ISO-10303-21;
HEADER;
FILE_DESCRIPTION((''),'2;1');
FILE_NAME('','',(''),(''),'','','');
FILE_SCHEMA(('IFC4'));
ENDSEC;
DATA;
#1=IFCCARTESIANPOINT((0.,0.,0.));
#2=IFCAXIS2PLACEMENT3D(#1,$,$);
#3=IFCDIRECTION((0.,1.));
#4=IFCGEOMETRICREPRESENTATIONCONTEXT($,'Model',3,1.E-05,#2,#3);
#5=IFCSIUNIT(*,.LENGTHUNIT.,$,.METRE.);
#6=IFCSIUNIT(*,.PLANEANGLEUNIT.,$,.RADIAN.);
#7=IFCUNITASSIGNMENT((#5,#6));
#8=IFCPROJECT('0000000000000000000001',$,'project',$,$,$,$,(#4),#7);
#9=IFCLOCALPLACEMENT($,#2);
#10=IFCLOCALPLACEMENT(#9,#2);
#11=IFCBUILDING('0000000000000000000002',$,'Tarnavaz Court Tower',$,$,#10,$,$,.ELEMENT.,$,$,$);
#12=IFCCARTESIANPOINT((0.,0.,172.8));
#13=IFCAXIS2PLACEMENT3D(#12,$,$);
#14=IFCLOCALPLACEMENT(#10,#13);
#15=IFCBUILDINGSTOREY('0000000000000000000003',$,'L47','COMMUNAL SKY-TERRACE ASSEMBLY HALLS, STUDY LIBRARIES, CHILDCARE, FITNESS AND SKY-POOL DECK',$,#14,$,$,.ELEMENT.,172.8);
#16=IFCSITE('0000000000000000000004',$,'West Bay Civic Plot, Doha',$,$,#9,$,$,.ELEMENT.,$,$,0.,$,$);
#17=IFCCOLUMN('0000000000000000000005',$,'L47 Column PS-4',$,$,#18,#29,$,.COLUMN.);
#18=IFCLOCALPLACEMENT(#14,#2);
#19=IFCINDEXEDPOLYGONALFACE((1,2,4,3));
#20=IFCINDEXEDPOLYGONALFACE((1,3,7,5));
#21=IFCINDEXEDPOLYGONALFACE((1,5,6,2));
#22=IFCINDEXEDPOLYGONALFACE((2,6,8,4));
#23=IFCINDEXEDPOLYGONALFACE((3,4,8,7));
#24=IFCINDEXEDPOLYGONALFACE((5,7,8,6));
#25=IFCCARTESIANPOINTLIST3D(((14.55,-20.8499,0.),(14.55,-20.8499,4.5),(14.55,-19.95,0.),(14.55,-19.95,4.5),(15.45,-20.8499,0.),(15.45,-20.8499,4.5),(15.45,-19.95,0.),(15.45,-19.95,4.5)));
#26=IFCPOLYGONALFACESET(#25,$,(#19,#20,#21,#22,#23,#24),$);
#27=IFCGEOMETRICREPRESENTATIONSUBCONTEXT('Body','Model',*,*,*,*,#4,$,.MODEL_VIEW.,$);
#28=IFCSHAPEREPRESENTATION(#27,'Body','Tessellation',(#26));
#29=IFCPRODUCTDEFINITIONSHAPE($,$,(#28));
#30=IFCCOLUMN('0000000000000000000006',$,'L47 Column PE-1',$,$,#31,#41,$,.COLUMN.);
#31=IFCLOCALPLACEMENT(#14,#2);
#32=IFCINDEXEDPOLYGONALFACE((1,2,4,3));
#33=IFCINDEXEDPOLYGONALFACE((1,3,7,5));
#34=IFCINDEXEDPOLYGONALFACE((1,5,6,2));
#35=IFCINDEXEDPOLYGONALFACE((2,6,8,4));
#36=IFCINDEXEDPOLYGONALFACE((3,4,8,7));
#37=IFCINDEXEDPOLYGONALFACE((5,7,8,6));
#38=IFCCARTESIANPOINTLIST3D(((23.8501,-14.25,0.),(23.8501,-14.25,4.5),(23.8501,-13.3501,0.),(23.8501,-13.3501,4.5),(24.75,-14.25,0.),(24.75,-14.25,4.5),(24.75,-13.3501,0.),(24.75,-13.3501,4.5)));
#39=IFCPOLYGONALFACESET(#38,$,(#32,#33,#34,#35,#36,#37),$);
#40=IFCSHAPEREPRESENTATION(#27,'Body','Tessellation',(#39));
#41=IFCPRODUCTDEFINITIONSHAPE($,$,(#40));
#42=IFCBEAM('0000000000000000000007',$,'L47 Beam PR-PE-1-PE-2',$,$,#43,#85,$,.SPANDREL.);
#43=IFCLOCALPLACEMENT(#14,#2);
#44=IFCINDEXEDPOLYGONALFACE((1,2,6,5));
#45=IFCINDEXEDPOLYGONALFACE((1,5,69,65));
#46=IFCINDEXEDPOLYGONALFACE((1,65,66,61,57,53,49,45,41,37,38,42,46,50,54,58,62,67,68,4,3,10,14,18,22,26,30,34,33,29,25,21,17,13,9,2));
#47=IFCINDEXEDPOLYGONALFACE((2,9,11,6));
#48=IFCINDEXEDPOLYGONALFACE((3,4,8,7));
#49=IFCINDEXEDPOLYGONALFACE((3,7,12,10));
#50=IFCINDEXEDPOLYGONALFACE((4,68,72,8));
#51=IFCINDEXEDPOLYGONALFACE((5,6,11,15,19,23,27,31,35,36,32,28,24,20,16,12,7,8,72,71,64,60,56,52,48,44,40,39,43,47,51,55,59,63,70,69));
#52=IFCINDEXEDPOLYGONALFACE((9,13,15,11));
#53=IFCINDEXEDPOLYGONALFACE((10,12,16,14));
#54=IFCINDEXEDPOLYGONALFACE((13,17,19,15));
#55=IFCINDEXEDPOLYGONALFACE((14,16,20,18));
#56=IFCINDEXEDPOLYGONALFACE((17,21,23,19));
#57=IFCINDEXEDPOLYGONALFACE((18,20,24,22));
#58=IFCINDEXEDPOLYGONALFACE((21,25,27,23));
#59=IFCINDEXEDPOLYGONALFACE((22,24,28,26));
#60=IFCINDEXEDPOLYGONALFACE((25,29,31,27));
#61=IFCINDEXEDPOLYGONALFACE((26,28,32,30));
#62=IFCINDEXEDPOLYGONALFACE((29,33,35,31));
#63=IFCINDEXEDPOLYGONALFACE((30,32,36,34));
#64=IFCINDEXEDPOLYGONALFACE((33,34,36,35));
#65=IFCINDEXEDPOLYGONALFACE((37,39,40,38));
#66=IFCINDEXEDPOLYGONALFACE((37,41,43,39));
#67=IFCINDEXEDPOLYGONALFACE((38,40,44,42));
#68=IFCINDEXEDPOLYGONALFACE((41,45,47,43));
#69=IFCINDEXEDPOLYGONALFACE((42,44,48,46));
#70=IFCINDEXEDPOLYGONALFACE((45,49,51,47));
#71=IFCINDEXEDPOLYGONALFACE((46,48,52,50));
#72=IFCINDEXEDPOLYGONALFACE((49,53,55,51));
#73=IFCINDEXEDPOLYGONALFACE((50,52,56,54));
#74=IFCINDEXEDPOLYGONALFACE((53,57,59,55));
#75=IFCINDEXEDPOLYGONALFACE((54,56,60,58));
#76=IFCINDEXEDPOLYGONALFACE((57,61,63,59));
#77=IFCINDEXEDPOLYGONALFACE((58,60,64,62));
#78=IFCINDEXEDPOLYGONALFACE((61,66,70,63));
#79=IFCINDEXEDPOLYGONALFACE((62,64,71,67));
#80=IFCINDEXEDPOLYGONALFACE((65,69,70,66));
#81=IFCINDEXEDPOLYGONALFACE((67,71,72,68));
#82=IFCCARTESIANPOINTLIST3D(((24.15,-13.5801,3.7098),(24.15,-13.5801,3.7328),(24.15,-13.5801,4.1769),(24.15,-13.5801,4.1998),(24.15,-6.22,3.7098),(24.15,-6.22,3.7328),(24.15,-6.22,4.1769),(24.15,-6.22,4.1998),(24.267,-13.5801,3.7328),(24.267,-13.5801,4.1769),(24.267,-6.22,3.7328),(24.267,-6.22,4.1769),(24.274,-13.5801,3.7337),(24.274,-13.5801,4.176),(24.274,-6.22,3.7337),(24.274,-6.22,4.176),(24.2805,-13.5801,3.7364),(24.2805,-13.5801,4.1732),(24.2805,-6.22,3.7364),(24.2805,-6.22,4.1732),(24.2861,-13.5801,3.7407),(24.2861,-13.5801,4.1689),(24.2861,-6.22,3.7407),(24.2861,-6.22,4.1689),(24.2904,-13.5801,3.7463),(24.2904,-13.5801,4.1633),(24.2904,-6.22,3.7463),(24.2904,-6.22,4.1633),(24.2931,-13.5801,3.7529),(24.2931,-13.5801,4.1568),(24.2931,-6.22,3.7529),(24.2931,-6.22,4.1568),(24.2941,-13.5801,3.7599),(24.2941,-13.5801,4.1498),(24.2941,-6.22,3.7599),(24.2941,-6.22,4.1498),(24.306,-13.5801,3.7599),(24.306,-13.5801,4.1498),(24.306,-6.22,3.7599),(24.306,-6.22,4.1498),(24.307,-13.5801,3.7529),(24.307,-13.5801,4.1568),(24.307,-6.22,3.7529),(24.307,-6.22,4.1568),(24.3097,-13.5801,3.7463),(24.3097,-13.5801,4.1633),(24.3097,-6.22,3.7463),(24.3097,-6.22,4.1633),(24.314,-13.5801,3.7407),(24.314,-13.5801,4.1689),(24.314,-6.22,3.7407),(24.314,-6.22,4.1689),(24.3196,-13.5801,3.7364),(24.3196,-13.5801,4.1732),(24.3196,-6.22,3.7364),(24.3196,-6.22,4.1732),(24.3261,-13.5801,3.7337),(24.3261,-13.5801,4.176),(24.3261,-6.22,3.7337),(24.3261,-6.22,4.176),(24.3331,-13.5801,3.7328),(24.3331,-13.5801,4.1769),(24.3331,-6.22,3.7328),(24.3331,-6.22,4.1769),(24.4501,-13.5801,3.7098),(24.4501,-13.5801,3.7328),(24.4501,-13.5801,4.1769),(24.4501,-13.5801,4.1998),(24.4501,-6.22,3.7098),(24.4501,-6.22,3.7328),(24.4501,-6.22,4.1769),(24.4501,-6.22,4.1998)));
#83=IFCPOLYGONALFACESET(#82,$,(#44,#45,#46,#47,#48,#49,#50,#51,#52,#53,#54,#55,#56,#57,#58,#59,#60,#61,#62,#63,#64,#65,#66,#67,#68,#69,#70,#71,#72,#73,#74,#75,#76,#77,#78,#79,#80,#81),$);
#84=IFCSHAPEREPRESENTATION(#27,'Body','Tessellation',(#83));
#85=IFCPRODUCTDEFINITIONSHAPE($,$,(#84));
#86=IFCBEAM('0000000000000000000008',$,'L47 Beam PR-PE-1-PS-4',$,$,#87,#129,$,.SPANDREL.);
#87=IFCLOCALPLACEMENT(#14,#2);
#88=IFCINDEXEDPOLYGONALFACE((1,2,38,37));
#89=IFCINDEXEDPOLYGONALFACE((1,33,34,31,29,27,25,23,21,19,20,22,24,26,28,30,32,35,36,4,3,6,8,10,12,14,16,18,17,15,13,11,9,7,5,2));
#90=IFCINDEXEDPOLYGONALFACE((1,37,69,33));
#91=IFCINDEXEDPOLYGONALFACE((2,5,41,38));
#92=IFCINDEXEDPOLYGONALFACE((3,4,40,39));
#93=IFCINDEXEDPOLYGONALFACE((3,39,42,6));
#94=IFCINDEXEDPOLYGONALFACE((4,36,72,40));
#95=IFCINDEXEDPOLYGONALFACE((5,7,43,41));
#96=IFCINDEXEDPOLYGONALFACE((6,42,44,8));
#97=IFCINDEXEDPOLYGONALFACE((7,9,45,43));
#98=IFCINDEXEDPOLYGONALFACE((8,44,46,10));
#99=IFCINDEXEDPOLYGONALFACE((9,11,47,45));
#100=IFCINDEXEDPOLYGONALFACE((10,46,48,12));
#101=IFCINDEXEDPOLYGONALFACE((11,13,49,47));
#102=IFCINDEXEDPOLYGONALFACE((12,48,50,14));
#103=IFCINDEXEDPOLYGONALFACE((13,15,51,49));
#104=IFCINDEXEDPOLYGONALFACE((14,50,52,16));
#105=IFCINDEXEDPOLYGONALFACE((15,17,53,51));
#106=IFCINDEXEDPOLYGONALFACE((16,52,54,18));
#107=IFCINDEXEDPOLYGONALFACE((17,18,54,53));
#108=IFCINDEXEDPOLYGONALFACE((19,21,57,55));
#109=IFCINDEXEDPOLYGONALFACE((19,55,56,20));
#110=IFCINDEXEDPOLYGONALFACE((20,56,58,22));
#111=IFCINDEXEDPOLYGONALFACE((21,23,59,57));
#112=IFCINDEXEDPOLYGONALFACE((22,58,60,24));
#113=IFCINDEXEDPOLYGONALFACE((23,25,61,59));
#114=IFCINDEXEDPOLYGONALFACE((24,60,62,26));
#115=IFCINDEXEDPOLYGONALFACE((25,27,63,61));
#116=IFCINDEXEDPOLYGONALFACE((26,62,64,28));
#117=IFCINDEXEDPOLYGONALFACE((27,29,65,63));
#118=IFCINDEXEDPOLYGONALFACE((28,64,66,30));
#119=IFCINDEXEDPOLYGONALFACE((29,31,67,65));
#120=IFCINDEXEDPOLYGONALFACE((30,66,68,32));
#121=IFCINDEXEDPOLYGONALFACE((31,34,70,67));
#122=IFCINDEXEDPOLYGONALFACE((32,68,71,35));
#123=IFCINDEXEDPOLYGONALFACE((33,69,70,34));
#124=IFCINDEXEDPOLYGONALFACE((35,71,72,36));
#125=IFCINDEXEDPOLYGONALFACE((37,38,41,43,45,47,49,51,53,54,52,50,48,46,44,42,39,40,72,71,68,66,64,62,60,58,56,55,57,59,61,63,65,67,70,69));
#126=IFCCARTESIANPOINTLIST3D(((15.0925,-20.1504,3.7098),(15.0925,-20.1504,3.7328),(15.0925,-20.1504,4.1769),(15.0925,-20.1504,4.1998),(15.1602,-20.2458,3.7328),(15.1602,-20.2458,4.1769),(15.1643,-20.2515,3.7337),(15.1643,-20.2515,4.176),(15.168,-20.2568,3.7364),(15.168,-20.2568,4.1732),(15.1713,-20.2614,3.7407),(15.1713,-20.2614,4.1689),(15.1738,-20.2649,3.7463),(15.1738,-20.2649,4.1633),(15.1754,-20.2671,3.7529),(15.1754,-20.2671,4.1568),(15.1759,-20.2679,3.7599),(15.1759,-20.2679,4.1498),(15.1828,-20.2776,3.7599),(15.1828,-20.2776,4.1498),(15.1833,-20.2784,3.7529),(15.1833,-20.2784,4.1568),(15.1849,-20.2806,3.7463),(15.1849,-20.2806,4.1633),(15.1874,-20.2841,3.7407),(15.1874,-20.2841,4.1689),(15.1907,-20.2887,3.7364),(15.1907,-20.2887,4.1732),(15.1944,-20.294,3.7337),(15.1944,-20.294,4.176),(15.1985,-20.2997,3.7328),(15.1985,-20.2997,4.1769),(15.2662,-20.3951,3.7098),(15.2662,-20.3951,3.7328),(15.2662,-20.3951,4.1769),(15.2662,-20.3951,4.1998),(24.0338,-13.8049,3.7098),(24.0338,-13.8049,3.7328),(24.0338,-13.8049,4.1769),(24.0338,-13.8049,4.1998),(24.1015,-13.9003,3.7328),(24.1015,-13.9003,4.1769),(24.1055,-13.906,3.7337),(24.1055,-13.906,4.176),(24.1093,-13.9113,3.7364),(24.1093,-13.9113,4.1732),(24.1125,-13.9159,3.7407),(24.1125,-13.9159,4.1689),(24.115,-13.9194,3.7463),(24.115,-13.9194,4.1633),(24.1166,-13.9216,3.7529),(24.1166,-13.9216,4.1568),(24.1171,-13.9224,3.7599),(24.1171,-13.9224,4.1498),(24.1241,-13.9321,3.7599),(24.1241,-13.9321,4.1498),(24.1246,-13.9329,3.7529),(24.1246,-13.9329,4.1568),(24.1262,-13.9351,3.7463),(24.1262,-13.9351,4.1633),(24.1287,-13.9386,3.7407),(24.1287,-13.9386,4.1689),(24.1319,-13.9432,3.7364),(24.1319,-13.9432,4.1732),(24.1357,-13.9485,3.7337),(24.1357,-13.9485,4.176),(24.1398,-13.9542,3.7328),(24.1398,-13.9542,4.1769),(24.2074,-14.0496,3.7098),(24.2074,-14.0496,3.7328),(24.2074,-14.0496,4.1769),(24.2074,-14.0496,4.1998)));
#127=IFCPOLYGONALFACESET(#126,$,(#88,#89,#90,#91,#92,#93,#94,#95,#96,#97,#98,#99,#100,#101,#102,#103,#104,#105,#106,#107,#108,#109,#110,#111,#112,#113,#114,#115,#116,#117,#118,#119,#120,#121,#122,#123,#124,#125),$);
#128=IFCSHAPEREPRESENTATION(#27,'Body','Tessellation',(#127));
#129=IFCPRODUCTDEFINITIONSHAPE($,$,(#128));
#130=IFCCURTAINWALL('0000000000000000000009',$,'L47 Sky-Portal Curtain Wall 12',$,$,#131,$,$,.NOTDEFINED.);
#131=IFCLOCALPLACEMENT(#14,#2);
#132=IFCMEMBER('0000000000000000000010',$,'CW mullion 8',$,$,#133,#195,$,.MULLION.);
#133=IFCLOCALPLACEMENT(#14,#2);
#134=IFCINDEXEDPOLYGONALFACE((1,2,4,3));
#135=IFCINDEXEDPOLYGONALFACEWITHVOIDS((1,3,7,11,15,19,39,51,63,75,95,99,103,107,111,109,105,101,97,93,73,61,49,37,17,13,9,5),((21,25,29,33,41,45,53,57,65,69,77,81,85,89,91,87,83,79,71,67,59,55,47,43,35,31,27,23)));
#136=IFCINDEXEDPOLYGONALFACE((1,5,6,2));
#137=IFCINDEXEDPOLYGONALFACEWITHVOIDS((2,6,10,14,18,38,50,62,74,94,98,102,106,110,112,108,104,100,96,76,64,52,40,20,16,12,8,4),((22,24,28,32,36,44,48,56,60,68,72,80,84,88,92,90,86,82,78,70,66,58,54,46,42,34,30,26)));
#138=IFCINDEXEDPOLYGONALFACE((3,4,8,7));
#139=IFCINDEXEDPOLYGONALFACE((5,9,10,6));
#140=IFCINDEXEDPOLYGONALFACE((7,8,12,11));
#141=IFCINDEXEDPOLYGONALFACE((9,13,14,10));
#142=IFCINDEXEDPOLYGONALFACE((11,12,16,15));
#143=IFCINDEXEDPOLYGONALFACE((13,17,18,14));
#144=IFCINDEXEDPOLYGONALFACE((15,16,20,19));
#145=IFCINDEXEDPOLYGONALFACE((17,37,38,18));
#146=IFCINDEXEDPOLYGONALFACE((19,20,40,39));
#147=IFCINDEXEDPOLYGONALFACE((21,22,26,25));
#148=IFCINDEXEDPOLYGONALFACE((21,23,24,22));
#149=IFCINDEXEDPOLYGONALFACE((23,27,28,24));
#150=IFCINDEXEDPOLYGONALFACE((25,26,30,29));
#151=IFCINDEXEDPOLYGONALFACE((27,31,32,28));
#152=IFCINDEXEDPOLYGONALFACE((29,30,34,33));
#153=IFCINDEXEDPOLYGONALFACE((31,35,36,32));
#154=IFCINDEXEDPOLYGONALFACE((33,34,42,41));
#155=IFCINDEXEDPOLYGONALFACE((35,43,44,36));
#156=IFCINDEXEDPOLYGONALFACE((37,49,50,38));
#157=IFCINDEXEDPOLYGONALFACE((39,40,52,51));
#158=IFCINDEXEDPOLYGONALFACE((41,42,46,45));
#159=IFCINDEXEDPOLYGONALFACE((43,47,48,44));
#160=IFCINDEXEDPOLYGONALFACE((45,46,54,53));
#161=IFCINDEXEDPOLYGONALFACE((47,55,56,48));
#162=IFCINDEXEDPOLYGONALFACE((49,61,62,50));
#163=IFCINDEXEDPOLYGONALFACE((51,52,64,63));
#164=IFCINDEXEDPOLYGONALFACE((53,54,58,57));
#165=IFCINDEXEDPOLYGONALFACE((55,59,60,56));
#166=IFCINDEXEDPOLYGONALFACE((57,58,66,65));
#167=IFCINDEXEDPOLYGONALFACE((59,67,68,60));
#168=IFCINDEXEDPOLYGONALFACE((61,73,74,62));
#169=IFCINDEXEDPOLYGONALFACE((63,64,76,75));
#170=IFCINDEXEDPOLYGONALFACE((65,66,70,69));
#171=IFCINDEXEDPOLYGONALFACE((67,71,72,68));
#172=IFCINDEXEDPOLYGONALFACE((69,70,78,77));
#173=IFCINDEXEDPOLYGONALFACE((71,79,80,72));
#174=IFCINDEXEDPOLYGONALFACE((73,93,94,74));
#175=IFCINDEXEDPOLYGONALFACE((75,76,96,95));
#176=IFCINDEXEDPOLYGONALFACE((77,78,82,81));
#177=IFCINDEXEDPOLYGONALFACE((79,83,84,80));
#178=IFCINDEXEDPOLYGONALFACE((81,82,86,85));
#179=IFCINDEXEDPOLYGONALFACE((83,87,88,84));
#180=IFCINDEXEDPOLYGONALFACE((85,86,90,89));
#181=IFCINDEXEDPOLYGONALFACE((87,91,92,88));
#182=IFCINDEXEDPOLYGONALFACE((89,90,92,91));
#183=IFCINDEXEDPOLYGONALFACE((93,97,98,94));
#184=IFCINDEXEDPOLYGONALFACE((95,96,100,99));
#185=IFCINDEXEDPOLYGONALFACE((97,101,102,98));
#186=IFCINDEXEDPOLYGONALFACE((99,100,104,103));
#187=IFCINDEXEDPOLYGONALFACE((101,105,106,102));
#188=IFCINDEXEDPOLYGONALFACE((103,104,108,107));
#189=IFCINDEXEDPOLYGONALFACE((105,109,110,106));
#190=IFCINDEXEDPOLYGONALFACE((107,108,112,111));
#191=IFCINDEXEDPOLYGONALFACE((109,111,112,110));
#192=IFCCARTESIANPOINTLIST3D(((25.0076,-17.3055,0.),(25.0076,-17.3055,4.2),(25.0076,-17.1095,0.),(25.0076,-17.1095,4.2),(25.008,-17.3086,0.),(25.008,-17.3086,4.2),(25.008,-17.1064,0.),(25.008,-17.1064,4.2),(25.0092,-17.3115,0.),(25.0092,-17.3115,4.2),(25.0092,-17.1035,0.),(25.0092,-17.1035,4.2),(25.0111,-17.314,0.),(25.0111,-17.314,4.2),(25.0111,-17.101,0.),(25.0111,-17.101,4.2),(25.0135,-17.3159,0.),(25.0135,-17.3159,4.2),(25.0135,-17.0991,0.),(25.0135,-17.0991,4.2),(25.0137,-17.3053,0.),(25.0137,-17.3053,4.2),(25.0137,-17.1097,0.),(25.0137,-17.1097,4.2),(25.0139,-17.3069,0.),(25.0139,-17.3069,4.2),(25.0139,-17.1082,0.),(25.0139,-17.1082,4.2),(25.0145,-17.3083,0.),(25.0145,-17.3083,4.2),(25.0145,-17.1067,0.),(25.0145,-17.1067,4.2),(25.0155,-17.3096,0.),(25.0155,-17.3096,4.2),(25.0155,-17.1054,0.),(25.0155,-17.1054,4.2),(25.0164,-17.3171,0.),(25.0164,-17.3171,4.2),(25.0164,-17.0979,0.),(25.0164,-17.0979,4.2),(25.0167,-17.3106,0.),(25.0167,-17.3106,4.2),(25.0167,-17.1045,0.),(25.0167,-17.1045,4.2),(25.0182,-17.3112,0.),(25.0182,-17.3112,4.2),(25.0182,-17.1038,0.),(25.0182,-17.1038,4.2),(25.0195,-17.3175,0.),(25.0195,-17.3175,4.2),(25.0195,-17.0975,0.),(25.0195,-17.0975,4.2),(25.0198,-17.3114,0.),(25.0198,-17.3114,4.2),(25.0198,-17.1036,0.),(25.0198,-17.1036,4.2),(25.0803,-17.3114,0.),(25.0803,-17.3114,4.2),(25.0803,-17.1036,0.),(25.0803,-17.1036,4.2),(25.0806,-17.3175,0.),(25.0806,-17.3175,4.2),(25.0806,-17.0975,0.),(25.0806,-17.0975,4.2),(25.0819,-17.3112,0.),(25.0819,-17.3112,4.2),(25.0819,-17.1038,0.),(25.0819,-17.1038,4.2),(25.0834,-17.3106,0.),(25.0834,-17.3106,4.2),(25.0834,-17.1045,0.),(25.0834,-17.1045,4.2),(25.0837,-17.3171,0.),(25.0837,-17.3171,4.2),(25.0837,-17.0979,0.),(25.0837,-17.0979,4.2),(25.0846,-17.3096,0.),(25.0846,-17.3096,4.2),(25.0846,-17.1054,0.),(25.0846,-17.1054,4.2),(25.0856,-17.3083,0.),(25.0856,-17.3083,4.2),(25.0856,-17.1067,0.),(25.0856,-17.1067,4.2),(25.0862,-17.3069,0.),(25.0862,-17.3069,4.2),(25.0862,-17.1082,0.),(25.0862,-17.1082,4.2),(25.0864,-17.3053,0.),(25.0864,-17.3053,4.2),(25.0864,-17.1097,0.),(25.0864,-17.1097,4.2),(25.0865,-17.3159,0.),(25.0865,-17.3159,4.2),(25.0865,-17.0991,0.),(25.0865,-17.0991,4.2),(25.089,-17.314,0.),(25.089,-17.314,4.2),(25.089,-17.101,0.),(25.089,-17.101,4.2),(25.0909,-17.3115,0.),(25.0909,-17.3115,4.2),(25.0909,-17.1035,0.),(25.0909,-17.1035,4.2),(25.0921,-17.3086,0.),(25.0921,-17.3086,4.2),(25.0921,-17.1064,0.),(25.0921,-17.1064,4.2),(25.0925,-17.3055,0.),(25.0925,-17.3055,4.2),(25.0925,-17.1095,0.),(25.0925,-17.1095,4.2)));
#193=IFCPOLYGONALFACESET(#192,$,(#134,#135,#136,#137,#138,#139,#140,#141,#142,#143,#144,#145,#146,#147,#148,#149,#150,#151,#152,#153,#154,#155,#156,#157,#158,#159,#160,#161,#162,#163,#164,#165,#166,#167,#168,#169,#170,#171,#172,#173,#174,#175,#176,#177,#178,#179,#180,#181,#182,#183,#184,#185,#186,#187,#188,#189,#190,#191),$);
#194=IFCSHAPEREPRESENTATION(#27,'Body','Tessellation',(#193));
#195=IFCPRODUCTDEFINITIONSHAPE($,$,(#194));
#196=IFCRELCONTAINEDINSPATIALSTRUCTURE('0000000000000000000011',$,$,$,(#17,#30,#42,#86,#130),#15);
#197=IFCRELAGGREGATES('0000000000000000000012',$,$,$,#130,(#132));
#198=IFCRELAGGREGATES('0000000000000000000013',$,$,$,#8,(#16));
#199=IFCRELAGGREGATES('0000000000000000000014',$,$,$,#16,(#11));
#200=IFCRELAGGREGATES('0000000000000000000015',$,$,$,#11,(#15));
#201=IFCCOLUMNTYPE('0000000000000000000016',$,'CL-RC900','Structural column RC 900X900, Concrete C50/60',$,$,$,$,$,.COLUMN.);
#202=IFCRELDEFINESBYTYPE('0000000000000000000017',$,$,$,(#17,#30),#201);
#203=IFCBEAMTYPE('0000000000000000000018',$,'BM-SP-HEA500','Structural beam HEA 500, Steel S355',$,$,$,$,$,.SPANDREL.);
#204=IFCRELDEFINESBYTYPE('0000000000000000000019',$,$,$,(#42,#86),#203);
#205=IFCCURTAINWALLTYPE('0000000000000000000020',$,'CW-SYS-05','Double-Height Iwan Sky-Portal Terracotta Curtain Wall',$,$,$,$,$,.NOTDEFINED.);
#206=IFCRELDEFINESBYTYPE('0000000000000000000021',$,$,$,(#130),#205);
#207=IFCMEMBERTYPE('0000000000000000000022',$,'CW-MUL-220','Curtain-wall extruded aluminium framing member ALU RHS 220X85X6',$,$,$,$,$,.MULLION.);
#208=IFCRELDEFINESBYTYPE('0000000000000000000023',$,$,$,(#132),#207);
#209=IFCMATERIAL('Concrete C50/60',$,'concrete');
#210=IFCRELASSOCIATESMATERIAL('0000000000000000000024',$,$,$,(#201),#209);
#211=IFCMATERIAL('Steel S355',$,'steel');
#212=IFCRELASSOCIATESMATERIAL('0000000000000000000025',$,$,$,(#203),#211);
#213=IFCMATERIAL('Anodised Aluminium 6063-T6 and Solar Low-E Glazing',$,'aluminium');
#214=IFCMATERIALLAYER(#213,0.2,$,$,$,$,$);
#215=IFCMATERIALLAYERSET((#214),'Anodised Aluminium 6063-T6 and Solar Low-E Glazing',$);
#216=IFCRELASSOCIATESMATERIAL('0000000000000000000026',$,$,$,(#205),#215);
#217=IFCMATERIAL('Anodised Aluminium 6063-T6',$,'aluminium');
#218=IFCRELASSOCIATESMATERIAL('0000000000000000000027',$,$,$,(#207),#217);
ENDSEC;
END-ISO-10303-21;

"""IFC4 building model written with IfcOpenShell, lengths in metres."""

from ifc_helpers import new_model, si_unit, direction, frame, origin, origin_2d, place, context, subcontext, project, spatial, rectangle, hollow_rectangle, i_section, extrude, material, layer, layer_set, material_profile, profile_set, type_object, element, aggregate, save


model = new_model("IFC4")

# Units and contexts
model_context = context("Model", 3, precision=1e-05, world=origin(), true_north=direction((0.0, 1.0)))
body_context = subcontext(model_context, "Body", "Model", "MODEL_VIEW")
ifc_project = project(units=[si_unit("LENGTHUNIT", "METRE"), si_unit("PLANEANGLEUNIT", "RADIAN")], contexts=[model_context])

# Site, building, storey
site_placement = place(None, origin())
site = spatial("IfcSite", under=ifc_project, at=site_placement, Name="West Bay Civic Plot, Doha", CompositionType="ELEMENT", RefElevation=0.0)
building_placement = place(site_placement, origin())
building = spatial("IfcBuilding", under=site, at=building_placement, Name="Tarnavaz Court Tower", CompositionType="ELEMENT")
storey_placement = place(building_placement, frame((0.0, 0.0, 172.8)))
storey = spatial("IfcBuildingStorey", under=building, at=storey_placement, Name="L47", Description="COMMUNAL SKY-TERRACE ASSEMBLY HALLS, STUDY LIBRARIES, CHILDCARE, FITNESS AND SKY-POOL DECK", CompositionType="ELEMENT", Elevation=172.8)

# Columns
ifc_material_1 = material(Name="Concrete C50/60", Category="concrete")
ifc_material_profile_1 = material_profile(ifc_material_1, rectangle(XDim=0.8999, YDim=0.8999, at=origin_2d()), Name="RC 900X900")
ifc_profile_set_1 = profile_set([ifc_material_profile_1], Name="Concrete C50/60")
column_type = type_object("IfcColumnType", Name="CL-RC900", Description="Structural column RC 900X900, Concrete C50/60", PredefinedType="COLUMN", material=ifc_profile_set_1)
for number, where, z_axis, x_axis, name in (
    (1, (15.0, -20.3999, 0.0), (0.0, 0.0, 1.0), (1.0, 0.0, 0.0), "L47 Column PS-4"),
    (2, (24.3, -13.8, 0.0), (0.0, 0.0, 1.0), (1.0, 0.0, 0.0), "L47 Column PE-1"),
):
    element("IfcColumn", number, at=place(storey_placement, frame(where, z_axis=z_axis, x_axis=x_axis)), inside=storey, type_object=column_type, Name=name, PredefinedType="COLUMN", context=body_context, shape_type="SweptSolid", body=[
        extrude(rectangle(XDim=0.8999, YDim=0.8999, at=origin_2d()), origin(), (0.0, 0.0, 1.0), 4.5),
    ])

# Beams
ifc_material_2 = material(Name="Steel S355", Category="steel")
ifc_material_profile_2 = material_profile(ifc_material_2, i_section(OverallWidth=0.3, OverallDepth=0.49, WebThickness=0.012, FlangeThickness=0.0229, FilletRadius=0.0271, at=origin_2d()), Name="HEA 500")
ifc_profile_set_2 = profile_set([ifc_material_profile_2], Name="Steel S355")
beam_type = type_object("IfcBeamType", Name="BM-SP-HEA500", Description="Structural beam HEA 500, Steel S355", PredefinedType="SPANDREL", material=ifc_profile_set_2)
beam_1_placement = place(storey_placement, frame((24.3, -13.5801, 3.9548), z_axis=(0.0, 1.0, 0.0), x_axis=(-1.0, 0.0, 0.0)))
element("IfcBeam", 3, at=beam_1_placement, inside=storey, type_object=beam_type, Name="L47 Beam PR-PE-1-PE-2", PredefinedType="SPANDREL", context=body_context, shape_type="SweptSolid", body=[
    extrude(i_section(OverallWidth=0.3, OverallDepth=0.49, WebThickness=0.012, FlangeThickness=0.0229, FilletRadius=0.0271, at=origin_2d()), origin(), (0.0, 0.0, 1.0), 7.3601),
])
beam_2_placement = place(storey_placement, frame((24.1206, -13.9272, 3.9548), z_axis=(-0.815502, -0.578754, 0.0), x_axis=(0.578754, -0.815502, 0.0)))
element("IfcBeam", 4, at=beam_2_placement, inside=storey, type_object=beam_type, Name="L47 Beam PR-PE-1-PS-4", PredefinedType="SPANDREL", context=body_context, shape_type="SweptSolid", body=[
    extrude(i_section(OverallWidth=0.3, OverallDepth=0.49, WebThickness=0.012, FlangeThickness=0.0229, FilletRadius=0.0271, at=origin_2d()), origin(), (0.0, 0.0, 1.0), 10.9641),
])

# Curtain wall, member
ifc_material_3 = material(Name="Anodised Aluminium 6063-T6 and Solar Low-E Glazing", Category="aluminium")
ifc_layer_1 = layer(ifc_material_3, 0.2)
ifc_layer_set_1 = layer_set([ifc_layer_1], Name="Anodised Aluminium 6063-T6 and Solar Low-E Glazing")
curtain_wall_type = type_object("IfcCurtainWallType", Name="CW-SYS-05", Description="Double-Height Iwan Sky-Portal Terracotta Curtain Wall", PredefinedType="NOTDEFINED", material=ifc_layer_set_1)
curtain_wall_placement = place(storey_placement, origin())
curtain_wall = element("IfcCurtainWall", 5, at=curtain_wall_placement, inside=storey, type_object=curtain_wall_type, Name="L47 Sky-Portal Curtain Wall 12", PredefinedType="NOTDEFINED")
ifc_material_4 = material(Name="Anodised Aluminium 6063-T6", Category="aluminium")
ifc_material_profile_3 = material_profile(ifc_material_4, hollow_rectangle(XDim=0.085, YDim=0.22, WallThickness=0.0061, InnerFilletRadius=0.0061, OuterFilletRadius=0.012, at=origin_2d()), Name="ALU RHS 220X85X6")
ifc_profile_set_3 = profile_set([ifc_material_profile_3], Name="Anodised Aluminium 6063-T6")
member_type = type_object("IfcMemberType", Name="CW-MUL-220", Description="Curtain-wall extruded aluminium framing member ALU RHS 220X85X6", PredefinedType="MULLION", material=ifc_profile_set_3)
member_placement = place(storey_placement, frame((25.05, -17.2075, 0.0), z_axis=(0.0, 0.0, 1.0), x_axis=(1.0, 0.0, 0.0)))
member = element("IfcMember", 6, at=member_placement, type_object=member_type, Name="CW mullion 8", PredefinedType="MULLION", context=body_context, shape_type="SweptSolid", body=[
    extrude(hollow_rectangle(XDim=0.085, YDim=0.22, WallThickness=0.0061, InnerFilletRadius=0.0061, OuterFilletRadius=0.012, at=origin_2d()), origin(), (0.0, 0.0, 1.0), 4.2),
])
aggregate(curtain_wall, [member])

save(model, "model.ifc")
